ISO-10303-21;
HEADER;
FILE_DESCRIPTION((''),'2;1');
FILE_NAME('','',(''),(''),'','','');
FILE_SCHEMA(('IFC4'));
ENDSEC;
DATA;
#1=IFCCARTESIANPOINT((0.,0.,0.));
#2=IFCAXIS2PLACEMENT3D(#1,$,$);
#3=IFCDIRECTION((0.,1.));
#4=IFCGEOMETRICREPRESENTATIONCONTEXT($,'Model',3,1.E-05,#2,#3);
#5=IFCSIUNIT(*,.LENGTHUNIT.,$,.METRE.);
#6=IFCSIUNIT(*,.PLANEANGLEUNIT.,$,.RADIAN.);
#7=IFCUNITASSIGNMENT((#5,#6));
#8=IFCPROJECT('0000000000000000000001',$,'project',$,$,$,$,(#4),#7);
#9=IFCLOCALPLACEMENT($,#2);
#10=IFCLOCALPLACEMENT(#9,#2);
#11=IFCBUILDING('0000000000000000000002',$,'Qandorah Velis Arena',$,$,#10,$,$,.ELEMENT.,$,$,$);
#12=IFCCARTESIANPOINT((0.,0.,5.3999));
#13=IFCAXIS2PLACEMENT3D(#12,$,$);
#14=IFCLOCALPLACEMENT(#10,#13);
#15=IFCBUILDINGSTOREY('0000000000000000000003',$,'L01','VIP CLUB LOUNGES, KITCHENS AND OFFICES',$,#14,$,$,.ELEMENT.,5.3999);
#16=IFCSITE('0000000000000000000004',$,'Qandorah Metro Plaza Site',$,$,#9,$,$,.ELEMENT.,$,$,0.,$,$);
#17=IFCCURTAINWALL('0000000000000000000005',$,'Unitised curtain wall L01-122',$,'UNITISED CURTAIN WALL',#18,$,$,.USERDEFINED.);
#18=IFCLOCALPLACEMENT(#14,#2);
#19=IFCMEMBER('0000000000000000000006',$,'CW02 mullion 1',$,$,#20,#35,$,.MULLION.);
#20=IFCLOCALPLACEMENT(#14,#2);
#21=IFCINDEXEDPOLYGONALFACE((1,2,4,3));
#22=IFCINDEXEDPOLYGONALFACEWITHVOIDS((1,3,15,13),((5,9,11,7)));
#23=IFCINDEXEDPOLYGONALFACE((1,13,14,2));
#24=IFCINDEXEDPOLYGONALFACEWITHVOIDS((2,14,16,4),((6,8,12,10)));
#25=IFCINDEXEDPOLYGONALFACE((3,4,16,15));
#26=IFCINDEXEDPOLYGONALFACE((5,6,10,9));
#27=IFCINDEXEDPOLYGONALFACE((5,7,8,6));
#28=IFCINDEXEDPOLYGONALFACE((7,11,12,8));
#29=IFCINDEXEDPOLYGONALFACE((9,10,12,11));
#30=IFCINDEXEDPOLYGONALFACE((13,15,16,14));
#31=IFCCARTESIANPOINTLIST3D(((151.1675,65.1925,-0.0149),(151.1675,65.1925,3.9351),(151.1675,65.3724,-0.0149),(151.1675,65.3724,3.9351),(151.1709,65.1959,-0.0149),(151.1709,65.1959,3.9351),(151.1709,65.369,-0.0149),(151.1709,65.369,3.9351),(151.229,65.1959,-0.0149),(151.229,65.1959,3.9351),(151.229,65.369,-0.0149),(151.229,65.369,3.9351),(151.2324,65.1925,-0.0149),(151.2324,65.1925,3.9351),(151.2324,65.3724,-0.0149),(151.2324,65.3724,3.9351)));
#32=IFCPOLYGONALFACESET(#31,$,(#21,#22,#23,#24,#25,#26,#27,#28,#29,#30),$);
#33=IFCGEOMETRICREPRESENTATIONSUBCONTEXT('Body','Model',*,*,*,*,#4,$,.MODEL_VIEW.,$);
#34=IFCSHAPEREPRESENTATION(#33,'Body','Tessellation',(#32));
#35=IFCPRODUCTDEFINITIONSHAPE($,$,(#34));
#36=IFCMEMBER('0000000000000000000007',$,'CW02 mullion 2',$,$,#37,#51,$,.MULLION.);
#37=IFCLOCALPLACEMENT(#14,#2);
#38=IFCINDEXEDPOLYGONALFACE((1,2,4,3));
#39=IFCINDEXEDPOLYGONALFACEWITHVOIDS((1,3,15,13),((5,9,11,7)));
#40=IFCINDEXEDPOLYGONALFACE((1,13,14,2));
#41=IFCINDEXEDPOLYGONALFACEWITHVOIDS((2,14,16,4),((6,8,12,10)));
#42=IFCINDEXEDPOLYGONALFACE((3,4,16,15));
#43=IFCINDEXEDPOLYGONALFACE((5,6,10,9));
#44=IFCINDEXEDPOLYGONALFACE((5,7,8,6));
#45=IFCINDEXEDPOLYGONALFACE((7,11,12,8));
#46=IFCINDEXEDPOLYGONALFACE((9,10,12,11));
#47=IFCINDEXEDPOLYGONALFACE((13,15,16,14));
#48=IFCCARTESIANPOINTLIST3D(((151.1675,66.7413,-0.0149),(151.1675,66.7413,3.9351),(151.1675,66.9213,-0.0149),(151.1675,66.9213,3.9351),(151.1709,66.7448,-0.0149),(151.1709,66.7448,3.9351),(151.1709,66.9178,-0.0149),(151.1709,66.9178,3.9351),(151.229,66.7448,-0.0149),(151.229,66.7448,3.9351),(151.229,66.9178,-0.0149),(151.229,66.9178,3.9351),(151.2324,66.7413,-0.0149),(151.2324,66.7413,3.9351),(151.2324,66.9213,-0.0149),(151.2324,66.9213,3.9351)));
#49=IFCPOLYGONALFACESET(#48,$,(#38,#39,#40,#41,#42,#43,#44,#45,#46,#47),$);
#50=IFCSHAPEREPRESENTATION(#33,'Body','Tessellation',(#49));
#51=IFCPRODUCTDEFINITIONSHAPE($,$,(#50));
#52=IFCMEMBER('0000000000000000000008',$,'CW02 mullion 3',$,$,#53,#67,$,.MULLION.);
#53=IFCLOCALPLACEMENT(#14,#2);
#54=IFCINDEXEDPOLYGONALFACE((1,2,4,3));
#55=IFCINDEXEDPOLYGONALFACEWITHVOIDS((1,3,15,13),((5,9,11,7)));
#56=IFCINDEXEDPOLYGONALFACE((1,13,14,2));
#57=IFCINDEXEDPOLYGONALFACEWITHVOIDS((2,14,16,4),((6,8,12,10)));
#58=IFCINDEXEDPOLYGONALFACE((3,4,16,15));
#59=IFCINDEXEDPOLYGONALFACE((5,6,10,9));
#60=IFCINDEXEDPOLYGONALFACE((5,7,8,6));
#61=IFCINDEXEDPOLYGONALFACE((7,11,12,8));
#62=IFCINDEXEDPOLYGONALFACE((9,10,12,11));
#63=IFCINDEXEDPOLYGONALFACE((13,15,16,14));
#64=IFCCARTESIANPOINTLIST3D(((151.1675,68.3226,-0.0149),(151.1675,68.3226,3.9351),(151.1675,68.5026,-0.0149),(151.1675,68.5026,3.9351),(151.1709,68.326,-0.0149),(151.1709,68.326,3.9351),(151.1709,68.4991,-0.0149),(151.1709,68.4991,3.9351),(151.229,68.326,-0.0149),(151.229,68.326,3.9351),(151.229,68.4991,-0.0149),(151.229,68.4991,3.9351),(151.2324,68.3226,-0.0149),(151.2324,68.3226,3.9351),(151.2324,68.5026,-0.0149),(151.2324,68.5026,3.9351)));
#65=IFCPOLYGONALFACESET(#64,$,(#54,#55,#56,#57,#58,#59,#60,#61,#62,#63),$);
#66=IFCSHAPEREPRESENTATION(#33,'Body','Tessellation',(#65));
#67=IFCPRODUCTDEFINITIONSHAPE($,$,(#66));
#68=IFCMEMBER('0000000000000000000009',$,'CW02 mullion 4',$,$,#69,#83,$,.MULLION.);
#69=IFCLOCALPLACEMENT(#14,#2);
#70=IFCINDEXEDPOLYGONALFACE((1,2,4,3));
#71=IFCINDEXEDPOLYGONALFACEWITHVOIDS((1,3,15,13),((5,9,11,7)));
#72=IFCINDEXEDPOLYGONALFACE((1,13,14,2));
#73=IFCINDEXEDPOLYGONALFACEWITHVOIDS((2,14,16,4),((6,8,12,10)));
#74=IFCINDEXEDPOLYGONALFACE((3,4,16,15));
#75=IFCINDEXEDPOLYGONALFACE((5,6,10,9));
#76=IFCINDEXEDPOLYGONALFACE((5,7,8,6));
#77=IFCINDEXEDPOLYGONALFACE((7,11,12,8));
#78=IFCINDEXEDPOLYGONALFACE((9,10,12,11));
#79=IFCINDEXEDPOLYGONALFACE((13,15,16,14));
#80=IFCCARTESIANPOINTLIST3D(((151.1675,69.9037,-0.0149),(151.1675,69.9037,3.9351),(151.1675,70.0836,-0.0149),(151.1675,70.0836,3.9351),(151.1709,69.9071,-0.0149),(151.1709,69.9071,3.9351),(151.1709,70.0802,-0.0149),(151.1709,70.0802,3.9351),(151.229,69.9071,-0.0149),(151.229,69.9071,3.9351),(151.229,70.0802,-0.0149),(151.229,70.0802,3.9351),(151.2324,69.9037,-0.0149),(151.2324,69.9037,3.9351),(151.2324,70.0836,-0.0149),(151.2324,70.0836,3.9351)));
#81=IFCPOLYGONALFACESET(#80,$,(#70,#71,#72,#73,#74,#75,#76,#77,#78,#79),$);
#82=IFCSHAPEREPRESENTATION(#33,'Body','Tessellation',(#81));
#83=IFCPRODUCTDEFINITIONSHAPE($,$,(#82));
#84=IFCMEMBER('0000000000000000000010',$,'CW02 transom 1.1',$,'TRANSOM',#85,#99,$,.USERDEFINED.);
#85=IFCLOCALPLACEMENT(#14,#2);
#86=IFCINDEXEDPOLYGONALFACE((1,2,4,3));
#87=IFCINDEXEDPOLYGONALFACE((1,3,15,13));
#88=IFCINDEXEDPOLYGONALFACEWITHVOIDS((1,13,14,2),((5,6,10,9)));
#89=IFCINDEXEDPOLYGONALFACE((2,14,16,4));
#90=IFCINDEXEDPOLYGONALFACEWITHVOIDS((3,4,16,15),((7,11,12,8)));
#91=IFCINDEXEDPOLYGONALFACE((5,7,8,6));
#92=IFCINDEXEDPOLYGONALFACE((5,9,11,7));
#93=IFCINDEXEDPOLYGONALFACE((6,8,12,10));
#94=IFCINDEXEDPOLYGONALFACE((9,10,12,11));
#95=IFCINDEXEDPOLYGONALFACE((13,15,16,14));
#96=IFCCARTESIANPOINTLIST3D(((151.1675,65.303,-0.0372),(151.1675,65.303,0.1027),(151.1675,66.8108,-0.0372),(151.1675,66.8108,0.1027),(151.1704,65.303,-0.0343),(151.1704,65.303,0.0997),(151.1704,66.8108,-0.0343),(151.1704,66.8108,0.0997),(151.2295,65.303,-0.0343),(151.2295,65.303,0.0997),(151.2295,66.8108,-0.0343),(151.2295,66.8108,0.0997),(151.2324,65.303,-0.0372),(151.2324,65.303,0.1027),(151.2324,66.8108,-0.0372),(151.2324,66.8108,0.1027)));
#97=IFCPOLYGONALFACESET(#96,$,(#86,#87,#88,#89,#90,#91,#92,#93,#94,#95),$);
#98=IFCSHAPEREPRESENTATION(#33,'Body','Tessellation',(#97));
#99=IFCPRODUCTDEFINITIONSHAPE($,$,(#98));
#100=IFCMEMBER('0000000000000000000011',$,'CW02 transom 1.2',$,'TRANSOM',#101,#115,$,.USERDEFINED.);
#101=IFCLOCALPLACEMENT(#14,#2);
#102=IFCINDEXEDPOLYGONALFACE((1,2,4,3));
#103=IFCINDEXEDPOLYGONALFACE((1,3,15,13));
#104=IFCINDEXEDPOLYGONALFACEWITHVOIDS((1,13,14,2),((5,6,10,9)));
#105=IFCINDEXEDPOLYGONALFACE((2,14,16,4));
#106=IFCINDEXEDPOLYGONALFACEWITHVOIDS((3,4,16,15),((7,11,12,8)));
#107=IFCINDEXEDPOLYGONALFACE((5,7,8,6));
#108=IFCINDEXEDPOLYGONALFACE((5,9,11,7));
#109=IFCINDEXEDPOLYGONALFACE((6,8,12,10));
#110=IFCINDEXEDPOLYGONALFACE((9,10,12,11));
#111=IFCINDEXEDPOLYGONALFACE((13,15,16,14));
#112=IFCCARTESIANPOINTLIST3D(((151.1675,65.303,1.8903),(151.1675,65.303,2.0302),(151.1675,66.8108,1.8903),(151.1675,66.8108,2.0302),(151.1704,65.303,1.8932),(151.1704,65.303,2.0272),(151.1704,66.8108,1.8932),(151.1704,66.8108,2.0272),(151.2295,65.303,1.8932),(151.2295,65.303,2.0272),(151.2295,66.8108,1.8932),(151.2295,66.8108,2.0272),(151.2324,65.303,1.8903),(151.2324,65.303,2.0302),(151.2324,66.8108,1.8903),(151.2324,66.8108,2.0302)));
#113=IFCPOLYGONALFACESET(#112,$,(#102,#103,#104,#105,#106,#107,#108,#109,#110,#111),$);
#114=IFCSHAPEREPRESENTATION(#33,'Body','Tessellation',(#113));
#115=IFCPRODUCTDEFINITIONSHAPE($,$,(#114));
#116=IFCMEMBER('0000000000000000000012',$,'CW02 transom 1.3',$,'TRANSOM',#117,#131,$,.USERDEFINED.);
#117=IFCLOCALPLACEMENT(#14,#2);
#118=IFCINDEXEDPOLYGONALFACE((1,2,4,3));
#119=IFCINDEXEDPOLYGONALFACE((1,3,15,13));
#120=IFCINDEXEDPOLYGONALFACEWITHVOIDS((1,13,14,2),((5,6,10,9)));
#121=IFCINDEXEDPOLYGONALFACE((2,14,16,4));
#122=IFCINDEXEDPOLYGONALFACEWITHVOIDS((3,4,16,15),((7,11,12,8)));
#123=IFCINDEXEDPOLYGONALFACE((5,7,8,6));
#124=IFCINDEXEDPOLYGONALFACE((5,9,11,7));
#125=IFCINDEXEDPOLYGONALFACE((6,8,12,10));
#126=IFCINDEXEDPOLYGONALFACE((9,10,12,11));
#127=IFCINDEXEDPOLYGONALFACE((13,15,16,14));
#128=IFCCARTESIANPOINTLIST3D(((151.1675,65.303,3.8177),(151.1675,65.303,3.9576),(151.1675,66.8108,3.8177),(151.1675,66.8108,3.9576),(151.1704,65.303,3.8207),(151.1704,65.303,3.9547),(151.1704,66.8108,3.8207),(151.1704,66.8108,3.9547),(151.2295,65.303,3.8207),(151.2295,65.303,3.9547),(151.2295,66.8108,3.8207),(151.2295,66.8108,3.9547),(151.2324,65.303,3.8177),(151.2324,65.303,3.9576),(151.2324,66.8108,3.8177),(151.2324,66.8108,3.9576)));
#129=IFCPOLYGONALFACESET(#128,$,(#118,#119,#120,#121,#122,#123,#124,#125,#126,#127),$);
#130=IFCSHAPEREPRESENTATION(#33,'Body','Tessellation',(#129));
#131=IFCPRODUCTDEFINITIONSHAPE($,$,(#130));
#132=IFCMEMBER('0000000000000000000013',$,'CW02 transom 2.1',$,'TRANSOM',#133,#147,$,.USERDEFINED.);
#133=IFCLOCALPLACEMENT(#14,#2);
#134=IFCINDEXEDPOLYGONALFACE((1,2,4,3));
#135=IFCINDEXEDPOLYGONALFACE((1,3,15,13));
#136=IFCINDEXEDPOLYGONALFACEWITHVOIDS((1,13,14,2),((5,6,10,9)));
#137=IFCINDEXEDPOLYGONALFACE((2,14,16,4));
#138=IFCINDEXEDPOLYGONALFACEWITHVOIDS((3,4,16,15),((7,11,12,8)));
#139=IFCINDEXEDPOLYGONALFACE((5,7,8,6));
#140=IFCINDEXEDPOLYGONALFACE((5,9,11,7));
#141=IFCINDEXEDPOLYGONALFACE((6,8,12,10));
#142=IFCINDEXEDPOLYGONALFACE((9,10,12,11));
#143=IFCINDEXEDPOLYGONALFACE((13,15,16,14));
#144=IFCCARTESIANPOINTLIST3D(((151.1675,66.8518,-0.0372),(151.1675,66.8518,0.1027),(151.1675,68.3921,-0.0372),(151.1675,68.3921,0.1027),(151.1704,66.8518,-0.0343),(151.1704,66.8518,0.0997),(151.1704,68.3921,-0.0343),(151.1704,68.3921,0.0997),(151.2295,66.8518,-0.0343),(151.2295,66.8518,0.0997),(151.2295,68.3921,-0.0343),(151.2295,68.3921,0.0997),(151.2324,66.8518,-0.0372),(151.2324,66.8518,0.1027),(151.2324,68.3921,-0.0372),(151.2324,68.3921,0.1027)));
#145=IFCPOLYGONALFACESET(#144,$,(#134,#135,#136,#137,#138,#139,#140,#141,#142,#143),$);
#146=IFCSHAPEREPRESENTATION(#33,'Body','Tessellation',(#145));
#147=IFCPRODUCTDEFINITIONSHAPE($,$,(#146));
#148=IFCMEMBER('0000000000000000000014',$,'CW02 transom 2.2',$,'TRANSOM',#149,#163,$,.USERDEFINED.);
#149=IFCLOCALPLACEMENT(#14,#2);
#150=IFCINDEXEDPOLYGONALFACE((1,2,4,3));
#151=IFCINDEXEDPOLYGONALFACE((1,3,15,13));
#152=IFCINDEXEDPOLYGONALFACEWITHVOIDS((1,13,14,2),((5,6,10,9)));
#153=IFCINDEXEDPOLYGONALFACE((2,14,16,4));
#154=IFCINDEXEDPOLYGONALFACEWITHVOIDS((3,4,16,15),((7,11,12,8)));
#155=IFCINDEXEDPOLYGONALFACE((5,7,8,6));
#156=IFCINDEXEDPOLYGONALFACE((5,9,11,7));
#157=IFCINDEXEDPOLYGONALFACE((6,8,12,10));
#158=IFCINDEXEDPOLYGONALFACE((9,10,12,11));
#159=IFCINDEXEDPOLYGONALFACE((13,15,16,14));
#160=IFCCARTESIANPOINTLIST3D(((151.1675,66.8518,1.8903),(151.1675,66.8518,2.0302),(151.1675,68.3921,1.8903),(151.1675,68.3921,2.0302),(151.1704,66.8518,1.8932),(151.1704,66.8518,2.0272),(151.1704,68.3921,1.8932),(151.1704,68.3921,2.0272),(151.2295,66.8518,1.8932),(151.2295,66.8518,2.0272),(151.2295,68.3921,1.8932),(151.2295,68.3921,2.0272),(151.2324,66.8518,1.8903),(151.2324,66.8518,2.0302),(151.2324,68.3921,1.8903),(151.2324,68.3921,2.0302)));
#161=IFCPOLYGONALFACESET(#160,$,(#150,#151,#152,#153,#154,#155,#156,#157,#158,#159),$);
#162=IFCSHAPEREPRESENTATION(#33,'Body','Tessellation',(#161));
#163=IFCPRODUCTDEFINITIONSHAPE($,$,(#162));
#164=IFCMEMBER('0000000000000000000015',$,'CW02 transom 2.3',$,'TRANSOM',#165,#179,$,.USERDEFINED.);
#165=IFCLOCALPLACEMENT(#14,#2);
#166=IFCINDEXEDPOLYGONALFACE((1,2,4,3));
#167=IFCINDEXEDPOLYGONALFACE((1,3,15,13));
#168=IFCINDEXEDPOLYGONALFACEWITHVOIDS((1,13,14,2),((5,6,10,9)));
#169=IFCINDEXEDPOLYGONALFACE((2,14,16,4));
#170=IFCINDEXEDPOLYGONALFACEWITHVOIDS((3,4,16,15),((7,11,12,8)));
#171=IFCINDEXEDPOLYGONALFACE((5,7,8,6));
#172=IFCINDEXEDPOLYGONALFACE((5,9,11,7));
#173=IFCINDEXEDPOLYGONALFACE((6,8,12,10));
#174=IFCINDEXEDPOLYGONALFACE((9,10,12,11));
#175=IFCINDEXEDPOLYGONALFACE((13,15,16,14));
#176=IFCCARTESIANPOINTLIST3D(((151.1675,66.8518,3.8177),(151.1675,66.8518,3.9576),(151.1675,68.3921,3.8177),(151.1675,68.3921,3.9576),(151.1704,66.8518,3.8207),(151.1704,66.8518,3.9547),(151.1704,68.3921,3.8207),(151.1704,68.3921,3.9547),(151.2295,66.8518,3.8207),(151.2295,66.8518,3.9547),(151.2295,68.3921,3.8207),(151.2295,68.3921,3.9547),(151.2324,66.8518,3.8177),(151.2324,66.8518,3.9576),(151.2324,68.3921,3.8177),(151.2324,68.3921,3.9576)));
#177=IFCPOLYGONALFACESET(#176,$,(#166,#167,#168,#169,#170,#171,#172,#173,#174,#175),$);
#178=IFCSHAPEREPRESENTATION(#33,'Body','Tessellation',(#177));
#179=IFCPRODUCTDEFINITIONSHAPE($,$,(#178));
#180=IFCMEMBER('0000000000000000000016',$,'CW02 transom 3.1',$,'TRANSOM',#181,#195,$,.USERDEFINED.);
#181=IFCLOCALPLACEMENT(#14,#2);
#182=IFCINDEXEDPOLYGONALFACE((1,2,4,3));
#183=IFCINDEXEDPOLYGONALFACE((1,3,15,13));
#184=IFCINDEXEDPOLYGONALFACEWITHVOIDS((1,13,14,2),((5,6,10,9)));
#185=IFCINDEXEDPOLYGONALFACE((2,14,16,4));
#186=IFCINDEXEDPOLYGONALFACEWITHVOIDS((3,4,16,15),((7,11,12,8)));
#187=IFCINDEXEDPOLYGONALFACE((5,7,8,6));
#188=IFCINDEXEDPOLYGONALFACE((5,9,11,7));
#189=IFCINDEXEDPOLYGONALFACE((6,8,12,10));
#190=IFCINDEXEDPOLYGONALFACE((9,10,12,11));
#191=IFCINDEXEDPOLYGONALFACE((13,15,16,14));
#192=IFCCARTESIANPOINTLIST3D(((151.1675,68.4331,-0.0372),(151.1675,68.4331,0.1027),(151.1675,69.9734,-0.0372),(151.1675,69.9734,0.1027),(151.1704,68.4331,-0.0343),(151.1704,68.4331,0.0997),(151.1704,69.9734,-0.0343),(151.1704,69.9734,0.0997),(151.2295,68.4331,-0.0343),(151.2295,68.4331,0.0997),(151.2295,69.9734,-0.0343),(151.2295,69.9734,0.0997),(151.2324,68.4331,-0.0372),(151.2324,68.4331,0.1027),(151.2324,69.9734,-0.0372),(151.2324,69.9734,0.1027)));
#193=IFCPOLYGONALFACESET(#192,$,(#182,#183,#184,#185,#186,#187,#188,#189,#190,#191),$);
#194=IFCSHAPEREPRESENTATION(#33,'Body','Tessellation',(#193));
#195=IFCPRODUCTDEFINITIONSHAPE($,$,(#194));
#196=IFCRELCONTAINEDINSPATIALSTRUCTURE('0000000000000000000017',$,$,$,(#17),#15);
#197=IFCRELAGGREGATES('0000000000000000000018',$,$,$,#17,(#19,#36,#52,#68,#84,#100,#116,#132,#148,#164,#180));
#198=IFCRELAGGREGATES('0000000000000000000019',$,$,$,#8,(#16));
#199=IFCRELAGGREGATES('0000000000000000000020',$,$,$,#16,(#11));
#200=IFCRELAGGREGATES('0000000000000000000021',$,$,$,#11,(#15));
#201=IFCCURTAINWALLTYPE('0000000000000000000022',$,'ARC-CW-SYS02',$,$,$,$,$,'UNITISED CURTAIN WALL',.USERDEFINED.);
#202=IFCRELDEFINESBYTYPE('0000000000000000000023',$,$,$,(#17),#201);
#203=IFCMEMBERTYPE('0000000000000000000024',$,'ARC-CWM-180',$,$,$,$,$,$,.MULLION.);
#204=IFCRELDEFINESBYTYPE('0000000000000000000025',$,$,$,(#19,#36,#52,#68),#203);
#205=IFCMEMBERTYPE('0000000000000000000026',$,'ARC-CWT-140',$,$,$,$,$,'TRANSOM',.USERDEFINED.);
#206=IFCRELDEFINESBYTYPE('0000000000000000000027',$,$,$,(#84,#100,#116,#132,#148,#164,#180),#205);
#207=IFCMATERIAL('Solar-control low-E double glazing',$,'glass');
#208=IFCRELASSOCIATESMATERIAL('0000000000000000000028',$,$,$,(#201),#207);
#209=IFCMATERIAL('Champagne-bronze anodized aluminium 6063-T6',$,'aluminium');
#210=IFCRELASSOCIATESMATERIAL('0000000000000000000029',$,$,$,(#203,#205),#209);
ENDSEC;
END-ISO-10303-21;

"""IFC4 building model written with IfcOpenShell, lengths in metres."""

from ifc_helpers import new_model, si_unit, direction, frame, origin, origin_2d, place, context, subcontext, project, spatial, hollow_rectangle, extrude, material, material_profile, profile_set, type_object, element, aggregate, save


model = new_model("IFC4")

# Units and contexts
model_context = context("Model", 3, precision=1e-05, world=origin(), true_north=direction((0.0, 1.0)))
body_context = subcontext(model_context, "Body", "Model", "MODEL_VIEW")
ifc_project = project(units=[si_unit("LENGTHUNIT", "METRE"), si_unit("PLANEANGLEUNIT", "RADIAN")], contexts=[model_context])

# Site, building, storey
site_placement = place(None, origin())
site = spatial("IfcSite", under=ifc_project, at=site_placement, Name="Qandorah Metro Plaza Site", CompositionType="ELEMENT", RefElevation=0.0)
building_placement = place(site_placement, origin())
building = spatial("IfcBuilding", under=site, at=building_placement, Name="Qandorah Velis Arena", CompositionType="ELEMENT")
storey_placement = place(building_placement, frame((0.0, 0.0, 5.3999)))
storey = spatial("IfcBuildingStorey", under=building, at=storey_placement, Name="L01", Description="VIP CLUB LOUNGES, KITCHENS AND OFFICES", CompositionType="ELEMENT", Elevation=5.3999)

# Curtain wall, members
ifc_material_1 = material(Name="Solar-control low-E double glazing", Category="glass")
curtain_wall_type = type_object("IfcCurtainWallType", Name="ARC-CW-SYS02", ElementType="UNITISED CURTAIN WALL", PredefinedType="USERDEFINED", material=ifc_material_1)
curtain_wall_placement = place(storey_placement, origin())
curtain_wall = element("IfcCurtainWall", 1, at=curtain_wall_placement, inside=storey, type_object=curtain_wall_type, Name="Unitised curtain wall L01-122", ObjectType="UNITISED CURTAIN WALL", PredefinedType="USERDEFINED")
ifc_material_2 = material(Name="Champagne-bronze anodized aluminium 6063-T6", Category="aluminium")
ifc_material_profile_1 = material_profile(ifc_material_2, hollow_rectangle(XDim=0.0649, YDim=0.1799, WallThickness=0.0034, at=origin_2d()), Name="ALU MULLION 65x180")
ifc_profile_set_1 = profile_set([ifc_material_profile_1], Name="Champagne-bronze anodized aluminium 6063-T6")
member_type_1 = type_object("IfcMemberType", Name="ARC-CWM-180", PredefinedType="MULLION", material=ifc_profile_set_1)
member_1_placement = place(storey_placement, frame((151.2, 65.2825, -0.0149), z_axis=(0.0, 0.0, 1.0), x_axis=(-1.0, 0.0, 0.0)))
member_1 = element("IfcMember", 2, at=member_1_placement, type_object=member_type_1, Name="CW02 mullion 1", PredefinedType="MULLION", context=body_context, shape_type="SweptSolid", body=[
    extrude(hollow_rectangle(XDim=0.0649, YDim=0.1799, WallThickness=0.0034, at=origin_2d()), origin(), (0.0, 0.0, 1.0), 3.95),
])
member_2_placement = place(storey_placement, frame((151.2, 66.8313, -0.0149), z_axis=(0.0, 0.0, 1.0), x_axis=(-1.0, 0.0, 0.0)))
member_2 = element("IfcMember", 3, at=member_2_placement, type_object=member_type_1, Name="CW02 mullion 2", PredefinedType="MULLION", context=body_context, shape_type="SweptSolid", body=[
    extrude(hollow_rectangle(XDim=0.0649, YDim=0.1799, WallThickness=0.0034, at=origin_2d()), origin(), (0.0, 0.0, 1.0), 3.95),
])
member_3_placement = place(storey_placement, frame((151.2, 68.4126, -0.0149), z_axis=(0.0, 0.0, 1.0), x_axis=(-1.0, 0.0, 0.0)))
member_3 = element("IfcMember", 4, at=member_3_placement, type_object=member_type_1, Name="CW02 mullion 3", PredefinedType="MULLION", context=body_context, shape_type="SweptSolid", body=[
    extrude(hollow_rectangle(XDim=0.0649, YDim=0.1799, WallThickness=0.0034, at=origin_2d()), origin(), (0.0, 0.0, 1.0), 3.95),
])
member_4_placement = place(storey_placement, frame((151.2, 69.9937, -0.0149), z_axis=(0.0, 0.0, 1.0), x_axis=(-1.0, 0.0, 0.0)))
member_4 = element("IfcMember", 5, at=member_4_placement, type_object=member_type_1, Name="CW02 mullion 4", PredefinedType="MULLION", context=body_context, shape_type="SweptSolid", body=[
    extrude(hollow_rectangle(XDim=0.0649, YDim=0.1799, WallThickness=0.0034, at=origin_2d()), origin(), (0.0, 0.0, 1.0), 3.95),
])
ifc_material_profile_2 = material_profile(ifc_material_2, hollow_rectangle(XDim=0.0649, YDim=0.1399, WallThickness=0.0029, at=origin_2d()), Name="ALU TRANSOM 65x140")
ifc_profile_set_2 = profile_set([ifc_material_profile_2], Name="Champagne-bronze anodized aluminium 6063-T6")
member_type_2 = type_object("IfcMemberType", Name="ARC-CWT-140", ElementType="TRANSOM", PredefinedType="USERDEFINED", material=ifc_profile_set_2)
member_5_placement = place(storey_placement, frame((151.2, 65.303, 0.0327), z_axis=(0.0, 1.0, 0.0), x_axis=(-1.0, 0.0, 0.0)))
member_5 = element("IfcMember", 6, at=member_5_placement, type_object=member_type_2, Name="CW02 transom 1.1", ObjectType="TRANSOM", PredefinedType="USERDEFINED", context=body_context, shape_type="SweptSolid", body=[
    extrude(hollow_rectangle(XDim=0.0649, YDim=0.1399, WallThickness=0.0029, at=origin_2d()), origin(), (0.0, 0.0, 1.0), 1.5078),
])
member_6_placement = place(storey_placement, frame((151.2, 65.303, 1.9602), z_axis=(0.0, 1.0, 0.0), x_axis=(-1.0, 0.0, 0.0)))
member_6 = element("IfcMember", 7, at=member_6_placement, type_object=member_type_2, Name="CW02 transom 1.2", ObjectType="TRANSOM", PredefinedType="USERDEFINED", context=body_context, shape_type="SweptSolid", body=[
    extrude(hollow_rectangle(XDim=0.0649, YDim=0.1399, WallThickness=0.0029, at=origin_2d()), origin(), (0.0, 0.0, 1.0), 1.5078),
])
member_7_placement = place(storey_placement, frame((151.2, 65.303, 3.8877), z_axis=(0.0, 1.0, 0.0), x_axis=(-1.0, 0.0, 0.0)))
member_7 = element("IfcMember", 8, at=member_7_placement, type_object=member_type_2, Name="CW02 transom 1.3", ObjectType="TRANSOM", PredefinedType="USERDEFINED", context=body_context, shape_type="SweptSolid", body=[
    extrude(hollow_rectangle(XDim=0.0649, YDim=0.1399, WallThickness=0.0029, at=origin_2d()), origin(), (0.0, 0.0, 1.0), 1.5078),
])
member_8_placement = place(storey_placement, frame((151.2, 66.8518, 0.0327), z_axis=(0.0, 1.0, 0.0), x_axis=(-1.0, 0.0, 0.0)))
member_8 = element("IfcMember", 9, at=member_8_placement, type_object=member_type_2, Name="CW02 transom 2.1", ObjectType="TRANSOM", PredefinedType="USERDEFINED", context=body_context, shape_type="SweptSolid", body=[
    extrude(hollow_rectangle(XDim=0.0649, YDim=0.1399, WallThickness=0.0029, at=origin_2d()), origin(), (0.0, 0.0, 1.0), 1.5403),
])
member_9_placement = place(storey_placement, frame((151.2, 66.8518, 1.9602), z_axis=(0.0, 1.0, 0.0), x_axis=(-1.0, 0.0, 0.0)))
member_9 = element("IfcMember", 10, at=member_9_placement, type_object=member_type_2, Name="CW02 transom 2.2", ObjectType="TRANSOM", PredefinedType="USERDEFINED", context=body_context, shape_type="SweptSolid", body=[
    extrude(hollow_rectangle(XDim=0.0649, YDim=0.1399, WallThickness=0.0029, at=origin_2d()), origin(), (0.0, 0.0, 1.0), 1.5403),
])
member_10_placement = place(storey_placement, frame((151.2, 66.8518, 3.8877), z_axis=(0.0, 1.0, 0.0), x_axis=(-1.0, 0.0, 0.0)))
member_10 = element("IfcMember", 11, at=member_10_placement, type_object=member_type_2, Name="CW02 transom 2.3", ObjectType="TRANSOM", PredefinedType="USERDEFINED", context=body_context, shape_type="SweptSolid", body=[
    extrude(hollow_rectangle(XDim=0.0649, YDim=0.1399, WallThickness=0.0029, at=origin_2d()), origin(), (0.0, 0.0, 1.0), 1.5403),
])
member_11_placement = place(storey_placement, frame((151.2, 68.4331, 0.0327), z_axis=(0.0, 1.0, 0.0), x_axis=(-1.0, 0.0, 0.0)))
member_11 = element("IfcMember", 12, at=member_11_placement, type_object=member_type_2, Name="CW02 transom 3.1", ObjectType="TRANSOM", PredefinedType="USERDEFINED", context=body_context, shape_type="SweptSolid", body=[
    extrude(hollow_rectangle(XDim=0.0649, YDim=0.1399, WallThickness=0.0029, at=origin_2d()), origin(), (0.0, 0.0, 1.0), 1.5403),
])

aggregate(curtain_wall, [member_1, member_2, member_3, member_4, member_5, member_6, member_7, member_8, member_9, member_10, member_11])

save(model, "model.ifc")
